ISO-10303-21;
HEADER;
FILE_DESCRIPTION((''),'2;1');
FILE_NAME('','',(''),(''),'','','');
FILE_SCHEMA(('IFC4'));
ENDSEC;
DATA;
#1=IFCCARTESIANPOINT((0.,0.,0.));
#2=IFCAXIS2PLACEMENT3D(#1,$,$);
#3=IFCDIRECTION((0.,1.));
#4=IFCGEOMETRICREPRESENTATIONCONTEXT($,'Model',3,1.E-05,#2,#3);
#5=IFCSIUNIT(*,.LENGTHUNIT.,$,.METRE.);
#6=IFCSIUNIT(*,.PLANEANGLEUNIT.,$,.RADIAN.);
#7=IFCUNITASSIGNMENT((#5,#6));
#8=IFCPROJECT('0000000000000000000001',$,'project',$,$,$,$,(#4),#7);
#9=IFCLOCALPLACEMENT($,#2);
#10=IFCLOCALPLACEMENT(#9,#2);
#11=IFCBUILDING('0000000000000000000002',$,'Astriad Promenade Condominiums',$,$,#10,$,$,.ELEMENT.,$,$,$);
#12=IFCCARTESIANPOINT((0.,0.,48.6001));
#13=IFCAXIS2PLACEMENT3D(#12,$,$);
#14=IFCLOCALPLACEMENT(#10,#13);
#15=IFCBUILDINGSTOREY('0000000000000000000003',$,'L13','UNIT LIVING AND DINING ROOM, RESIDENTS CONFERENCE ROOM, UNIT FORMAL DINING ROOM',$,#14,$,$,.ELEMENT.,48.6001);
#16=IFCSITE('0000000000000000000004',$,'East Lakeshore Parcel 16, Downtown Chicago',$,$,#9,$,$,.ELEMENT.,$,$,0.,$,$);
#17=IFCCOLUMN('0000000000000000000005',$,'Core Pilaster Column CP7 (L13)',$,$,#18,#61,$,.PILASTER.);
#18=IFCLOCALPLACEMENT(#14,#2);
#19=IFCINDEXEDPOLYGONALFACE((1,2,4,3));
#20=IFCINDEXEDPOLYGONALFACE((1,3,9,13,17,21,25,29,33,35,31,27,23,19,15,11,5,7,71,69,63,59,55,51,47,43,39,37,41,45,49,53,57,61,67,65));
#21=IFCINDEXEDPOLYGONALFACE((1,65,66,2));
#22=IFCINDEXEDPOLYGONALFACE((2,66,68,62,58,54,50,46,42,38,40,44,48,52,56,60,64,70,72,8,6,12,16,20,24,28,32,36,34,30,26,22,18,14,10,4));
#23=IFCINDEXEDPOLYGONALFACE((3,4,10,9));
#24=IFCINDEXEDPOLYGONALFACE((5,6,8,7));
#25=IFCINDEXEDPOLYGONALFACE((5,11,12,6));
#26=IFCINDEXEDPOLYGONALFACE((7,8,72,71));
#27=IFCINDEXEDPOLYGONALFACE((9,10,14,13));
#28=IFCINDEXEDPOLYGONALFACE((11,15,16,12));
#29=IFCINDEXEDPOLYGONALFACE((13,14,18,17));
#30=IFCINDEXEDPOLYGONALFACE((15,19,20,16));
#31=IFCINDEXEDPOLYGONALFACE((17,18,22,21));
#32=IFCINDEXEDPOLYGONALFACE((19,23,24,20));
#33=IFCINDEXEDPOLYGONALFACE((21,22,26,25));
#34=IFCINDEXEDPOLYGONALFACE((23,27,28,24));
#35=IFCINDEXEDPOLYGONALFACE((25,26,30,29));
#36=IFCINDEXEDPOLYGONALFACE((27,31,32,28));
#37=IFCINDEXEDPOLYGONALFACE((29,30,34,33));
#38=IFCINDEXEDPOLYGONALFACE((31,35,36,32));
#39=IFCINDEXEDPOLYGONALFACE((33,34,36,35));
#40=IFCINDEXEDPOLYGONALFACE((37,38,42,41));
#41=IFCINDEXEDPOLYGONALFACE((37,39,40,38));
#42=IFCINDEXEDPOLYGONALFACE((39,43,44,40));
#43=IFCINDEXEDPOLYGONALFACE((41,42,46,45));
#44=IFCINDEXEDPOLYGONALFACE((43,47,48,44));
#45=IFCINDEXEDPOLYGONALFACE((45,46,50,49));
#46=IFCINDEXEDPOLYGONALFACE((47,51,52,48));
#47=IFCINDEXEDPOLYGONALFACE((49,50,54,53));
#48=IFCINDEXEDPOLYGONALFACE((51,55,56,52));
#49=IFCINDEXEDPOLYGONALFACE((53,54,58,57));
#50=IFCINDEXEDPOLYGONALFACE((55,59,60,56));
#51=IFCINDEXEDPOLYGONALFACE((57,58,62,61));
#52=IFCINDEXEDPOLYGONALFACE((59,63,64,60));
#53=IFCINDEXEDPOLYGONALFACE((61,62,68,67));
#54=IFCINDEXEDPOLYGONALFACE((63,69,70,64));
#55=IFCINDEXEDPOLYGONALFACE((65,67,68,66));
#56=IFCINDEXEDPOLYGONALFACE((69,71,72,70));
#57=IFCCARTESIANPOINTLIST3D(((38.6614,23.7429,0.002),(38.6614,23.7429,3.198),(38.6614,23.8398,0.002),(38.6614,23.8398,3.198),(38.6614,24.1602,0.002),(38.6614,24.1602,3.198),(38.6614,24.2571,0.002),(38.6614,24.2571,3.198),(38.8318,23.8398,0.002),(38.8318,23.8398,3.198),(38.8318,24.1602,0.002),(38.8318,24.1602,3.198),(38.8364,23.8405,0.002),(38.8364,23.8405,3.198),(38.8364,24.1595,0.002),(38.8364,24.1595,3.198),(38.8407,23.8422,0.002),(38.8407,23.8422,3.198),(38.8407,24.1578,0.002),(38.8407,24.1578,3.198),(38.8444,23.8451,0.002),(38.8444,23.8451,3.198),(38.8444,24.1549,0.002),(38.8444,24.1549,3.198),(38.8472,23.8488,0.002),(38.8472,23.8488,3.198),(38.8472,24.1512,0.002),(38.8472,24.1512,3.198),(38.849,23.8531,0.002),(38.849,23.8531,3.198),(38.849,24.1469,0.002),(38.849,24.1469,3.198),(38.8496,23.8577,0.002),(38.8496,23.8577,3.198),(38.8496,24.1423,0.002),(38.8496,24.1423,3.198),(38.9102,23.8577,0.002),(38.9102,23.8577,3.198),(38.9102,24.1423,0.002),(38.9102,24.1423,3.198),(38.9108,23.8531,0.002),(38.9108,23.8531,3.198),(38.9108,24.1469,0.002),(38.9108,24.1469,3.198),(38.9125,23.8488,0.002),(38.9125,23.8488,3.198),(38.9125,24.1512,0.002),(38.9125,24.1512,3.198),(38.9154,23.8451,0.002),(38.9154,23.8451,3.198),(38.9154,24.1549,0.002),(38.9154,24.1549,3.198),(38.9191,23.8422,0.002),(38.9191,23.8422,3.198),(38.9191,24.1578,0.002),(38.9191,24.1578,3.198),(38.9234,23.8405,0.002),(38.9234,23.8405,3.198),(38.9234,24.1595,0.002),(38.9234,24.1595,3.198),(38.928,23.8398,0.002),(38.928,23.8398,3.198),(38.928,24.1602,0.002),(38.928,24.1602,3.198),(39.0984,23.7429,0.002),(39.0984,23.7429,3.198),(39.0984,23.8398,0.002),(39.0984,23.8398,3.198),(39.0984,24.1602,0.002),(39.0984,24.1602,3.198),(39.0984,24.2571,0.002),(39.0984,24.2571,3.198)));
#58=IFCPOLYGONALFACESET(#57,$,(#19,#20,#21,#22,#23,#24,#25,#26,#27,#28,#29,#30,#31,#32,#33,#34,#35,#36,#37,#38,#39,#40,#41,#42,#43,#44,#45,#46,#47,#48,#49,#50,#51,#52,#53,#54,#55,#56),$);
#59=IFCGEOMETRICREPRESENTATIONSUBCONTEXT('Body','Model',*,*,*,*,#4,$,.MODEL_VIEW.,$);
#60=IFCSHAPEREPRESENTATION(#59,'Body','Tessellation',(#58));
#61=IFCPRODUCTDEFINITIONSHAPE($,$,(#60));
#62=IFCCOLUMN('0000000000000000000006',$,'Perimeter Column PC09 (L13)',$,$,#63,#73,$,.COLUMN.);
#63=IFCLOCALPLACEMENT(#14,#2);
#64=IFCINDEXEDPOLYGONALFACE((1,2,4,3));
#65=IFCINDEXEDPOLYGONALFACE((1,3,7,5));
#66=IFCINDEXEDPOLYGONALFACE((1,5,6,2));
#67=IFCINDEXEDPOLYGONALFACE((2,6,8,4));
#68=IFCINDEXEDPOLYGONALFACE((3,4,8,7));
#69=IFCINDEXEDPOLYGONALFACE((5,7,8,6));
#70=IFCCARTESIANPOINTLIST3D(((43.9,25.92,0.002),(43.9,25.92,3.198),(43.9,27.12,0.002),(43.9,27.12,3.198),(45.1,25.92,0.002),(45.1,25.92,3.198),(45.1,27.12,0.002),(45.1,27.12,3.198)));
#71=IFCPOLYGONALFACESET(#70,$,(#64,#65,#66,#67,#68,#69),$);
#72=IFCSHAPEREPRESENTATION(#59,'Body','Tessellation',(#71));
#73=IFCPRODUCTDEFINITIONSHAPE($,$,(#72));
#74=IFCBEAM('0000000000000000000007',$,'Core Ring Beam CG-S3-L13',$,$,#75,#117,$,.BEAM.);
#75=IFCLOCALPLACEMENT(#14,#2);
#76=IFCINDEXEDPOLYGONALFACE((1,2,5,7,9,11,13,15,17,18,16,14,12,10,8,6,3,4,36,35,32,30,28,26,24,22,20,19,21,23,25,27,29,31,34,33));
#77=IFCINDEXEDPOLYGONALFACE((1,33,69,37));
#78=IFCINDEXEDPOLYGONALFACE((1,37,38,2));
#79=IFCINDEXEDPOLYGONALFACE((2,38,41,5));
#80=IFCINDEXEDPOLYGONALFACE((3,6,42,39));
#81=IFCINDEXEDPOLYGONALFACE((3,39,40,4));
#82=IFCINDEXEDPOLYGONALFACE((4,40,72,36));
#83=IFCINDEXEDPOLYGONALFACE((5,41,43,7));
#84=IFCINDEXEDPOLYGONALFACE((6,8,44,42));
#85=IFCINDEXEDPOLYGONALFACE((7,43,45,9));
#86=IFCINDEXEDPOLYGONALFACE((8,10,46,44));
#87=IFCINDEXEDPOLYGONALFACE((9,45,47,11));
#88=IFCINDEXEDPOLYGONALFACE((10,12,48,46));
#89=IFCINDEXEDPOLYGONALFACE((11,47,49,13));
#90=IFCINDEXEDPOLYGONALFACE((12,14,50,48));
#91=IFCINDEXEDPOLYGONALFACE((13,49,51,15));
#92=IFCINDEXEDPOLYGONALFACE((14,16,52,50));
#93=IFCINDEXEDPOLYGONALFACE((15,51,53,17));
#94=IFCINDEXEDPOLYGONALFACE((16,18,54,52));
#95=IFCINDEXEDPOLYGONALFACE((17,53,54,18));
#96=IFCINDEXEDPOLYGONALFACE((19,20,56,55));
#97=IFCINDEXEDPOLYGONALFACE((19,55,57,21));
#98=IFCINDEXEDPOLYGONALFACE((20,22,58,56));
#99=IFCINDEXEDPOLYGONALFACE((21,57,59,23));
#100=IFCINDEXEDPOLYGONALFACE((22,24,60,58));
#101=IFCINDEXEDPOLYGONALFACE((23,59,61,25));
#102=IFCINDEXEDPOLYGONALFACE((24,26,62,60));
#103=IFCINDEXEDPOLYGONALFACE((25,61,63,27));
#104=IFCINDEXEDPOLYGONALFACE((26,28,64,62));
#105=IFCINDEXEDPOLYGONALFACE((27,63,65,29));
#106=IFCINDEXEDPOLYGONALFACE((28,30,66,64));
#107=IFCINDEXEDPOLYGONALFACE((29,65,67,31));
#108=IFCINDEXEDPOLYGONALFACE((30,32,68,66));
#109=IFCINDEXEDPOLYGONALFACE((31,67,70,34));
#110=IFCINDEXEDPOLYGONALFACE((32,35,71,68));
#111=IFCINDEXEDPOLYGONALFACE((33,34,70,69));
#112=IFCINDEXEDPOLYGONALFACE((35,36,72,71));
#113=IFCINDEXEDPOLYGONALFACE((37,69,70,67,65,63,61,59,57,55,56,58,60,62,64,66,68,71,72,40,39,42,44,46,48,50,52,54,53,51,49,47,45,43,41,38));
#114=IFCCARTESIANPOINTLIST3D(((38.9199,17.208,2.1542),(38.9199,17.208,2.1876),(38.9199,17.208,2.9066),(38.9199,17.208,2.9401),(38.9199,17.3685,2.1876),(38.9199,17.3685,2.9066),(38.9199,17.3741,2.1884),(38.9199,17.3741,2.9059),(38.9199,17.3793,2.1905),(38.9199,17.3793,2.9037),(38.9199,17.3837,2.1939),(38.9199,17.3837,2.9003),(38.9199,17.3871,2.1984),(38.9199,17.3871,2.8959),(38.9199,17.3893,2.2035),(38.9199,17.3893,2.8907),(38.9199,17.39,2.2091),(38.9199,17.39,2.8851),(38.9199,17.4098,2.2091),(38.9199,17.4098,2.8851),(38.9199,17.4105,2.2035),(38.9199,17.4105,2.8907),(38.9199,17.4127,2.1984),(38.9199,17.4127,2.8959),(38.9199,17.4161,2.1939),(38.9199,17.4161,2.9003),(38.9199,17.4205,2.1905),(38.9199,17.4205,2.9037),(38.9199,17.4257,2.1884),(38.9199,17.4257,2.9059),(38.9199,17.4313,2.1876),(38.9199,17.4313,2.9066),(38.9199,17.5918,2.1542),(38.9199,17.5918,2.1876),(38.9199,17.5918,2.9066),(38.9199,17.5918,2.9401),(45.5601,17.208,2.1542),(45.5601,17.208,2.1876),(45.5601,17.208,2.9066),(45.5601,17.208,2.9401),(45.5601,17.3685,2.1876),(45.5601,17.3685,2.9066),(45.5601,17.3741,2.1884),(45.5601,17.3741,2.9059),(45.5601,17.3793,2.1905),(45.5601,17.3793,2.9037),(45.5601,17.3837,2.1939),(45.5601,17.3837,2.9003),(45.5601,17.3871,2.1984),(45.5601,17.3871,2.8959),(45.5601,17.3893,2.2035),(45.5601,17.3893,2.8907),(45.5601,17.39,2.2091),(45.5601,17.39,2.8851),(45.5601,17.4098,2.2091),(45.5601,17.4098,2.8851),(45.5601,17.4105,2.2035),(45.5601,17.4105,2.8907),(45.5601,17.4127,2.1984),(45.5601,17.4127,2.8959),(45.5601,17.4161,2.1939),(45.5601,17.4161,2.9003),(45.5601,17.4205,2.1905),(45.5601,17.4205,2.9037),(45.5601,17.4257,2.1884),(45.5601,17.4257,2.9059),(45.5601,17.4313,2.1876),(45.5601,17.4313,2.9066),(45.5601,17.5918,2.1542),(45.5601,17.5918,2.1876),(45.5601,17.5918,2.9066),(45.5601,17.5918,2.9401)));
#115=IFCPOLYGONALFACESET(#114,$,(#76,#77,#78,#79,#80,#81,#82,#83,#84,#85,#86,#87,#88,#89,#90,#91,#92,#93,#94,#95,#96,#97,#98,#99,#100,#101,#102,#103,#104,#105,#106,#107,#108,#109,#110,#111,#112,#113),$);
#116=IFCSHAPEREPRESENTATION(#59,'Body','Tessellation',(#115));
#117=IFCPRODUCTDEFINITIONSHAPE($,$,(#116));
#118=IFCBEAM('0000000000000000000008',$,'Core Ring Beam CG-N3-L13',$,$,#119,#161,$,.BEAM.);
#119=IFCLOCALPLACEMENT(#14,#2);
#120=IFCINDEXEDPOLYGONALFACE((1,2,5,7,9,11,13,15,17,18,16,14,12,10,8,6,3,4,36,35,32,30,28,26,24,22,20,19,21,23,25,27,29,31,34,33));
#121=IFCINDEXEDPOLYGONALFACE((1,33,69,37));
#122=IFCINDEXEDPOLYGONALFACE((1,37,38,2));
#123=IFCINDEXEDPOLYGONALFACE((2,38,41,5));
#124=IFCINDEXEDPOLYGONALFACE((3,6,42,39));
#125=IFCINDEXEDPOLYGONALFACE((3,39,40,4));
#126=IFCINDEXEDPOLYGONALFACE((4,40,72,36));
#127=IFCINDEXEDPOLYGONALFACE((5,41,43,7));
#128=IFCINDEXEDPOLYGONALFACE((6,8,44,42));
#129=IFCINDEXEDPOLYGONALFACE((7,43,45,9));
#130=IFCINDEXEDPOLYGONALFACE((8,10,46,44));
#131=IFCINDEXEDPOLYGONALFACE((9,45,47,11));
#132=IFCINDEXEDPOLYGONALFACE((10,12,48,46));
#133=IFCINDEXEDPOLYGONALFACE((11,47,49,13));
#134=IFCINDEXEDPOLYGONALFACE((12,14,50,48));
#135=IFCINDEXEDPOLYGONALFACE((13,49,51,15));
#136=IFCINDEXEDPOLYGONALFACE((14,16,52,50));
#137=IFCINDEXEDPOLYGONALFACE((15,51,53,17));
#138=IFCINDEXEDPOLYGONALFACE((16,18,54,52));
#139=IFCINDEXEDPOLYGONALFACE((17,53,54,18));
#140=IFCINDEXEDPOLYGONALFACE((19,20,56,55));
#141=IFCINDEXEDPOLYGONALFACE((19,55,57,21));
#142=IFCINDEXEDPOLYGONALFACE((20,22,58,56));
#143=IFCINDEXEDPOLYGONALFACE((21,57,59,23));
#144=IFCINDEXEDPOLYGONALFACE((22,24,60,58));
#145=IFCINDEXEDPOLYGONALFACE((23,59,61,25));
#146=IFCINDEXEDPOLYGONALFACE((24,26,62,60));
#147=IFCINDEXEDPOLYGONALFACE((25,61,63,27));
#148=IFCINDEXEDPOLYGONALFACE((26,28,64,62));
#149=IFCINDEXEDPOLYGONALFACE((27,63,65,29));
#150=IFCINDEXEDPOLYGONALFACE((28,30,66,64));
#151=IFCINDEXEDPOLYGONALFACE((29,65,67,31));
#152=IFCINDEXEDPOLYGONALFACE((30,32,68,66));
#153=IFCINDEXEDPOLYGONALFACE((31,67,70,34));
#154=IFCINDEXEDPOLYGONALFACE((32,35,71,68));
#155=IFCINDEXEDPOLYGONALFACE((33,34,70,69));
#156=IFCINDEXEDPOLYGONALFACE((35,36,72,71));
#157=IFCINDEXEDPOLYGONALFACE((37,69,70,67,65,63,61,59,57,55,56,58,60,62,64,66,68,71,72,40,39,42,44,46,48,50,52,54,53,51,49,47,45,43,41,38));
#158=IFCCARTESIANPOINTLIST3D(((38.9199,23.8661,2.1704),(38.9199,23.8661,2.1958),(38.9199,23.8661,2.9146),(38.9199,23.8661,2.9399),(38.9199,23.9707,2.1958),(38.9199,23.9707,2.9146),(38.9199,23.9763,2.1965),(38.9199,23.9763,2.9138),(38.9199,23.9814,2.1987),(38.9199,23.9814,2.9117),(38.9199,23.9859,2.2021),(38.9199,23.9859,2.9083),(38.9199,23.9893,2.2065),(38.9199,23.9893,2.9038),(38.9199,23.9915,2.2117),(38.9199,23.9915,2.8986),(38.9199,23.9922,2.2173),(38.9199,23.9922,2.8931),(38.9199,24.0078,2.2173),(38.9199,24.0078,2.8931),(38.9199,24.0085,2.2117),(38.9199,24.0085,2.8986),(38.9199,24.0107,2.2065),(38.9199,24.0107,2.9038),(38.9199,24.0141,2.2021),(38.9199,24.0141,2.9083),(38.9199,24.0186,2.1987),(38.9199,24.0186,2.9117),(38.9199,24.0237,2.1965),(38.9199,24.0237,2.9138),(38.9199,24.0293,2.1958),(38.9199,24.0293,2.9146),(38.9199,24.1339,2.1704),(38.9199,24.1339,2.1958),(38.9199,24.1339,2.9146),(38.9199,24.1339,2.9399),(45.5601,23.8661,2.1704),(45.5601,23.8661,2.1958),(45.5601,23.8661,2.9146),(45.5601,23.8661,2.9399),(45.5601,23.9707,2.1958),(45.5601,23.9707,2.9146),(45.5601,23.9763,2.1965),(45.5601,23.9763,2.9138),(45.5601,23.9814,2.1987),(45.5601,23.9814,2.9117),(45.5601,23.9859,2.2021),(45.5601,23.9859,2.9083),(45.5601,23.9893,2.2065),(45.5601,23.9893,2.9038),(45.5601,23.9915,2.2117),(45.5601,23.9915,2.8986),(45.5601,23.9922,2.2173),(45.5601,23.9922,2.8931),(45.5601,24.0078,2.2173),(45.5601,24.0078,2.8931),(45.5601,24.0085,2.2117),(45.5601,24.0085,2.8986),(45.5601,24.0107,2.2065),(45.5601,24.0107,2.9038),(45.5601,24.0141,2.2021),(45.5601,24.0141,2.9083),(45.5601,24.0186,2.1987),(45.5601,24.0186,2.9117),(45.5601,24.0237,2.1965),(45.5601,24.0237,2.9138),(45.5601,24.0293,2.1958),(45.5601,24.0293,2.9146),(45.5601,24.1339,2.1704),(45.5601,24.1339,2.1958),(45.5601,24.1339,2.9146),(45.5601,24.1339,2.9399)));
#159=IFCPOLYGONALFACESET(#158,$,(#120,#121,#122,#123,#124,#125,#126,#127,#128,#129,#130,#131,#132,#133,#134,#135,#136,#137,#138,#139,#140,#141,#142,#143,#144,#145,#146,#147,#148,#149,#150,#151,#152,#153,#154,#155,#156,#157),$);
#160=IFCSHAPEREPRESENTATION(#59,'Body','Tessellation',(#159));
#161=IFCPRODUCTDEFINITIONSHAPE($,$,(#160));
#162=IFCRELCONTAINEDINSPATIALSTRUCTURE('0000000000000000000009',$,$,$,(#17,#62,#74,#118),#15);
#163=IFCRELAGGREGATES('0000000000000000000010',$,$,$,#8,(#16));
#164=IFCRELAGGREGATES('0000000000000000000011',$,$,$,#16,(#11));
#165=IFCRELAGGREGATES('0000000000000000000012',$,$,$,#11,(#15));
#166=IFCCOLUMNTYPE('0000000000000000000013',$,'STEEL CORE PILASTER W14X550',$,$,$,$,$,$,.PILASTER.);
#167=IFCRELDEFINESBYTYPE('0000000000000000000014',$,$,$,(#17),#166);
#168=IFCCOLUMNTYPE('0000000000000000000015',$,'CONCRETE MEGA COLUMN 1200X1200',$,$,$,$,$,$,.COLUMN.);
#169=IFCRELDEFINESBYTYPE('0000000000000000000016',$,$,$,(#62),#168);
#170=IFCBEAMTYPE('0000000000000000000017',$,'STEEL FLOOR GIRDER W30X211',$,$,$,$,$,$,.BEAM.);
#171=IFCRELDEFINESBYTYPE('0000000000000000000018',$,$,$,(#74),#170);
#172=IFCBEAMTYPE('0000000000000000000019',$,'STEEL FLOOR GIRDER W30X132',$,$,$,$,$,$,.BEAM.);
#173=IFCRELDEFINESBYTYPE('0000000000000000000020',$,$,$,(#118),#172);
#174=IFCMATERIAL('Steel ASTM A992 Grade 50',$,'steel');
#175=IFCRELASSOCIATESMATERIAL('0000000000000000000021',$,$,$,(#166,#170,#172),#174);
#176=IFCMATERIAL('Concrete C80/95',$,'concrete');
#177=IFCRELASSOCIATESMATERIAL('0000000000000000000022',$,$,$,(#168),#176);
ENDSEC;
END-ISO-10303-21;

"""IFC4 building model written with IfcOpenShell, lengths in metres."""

from ifc_helpers import new_model, si_unit, direction, frame, origin, origin_2d, place, context, subcontext, project, spatial, rectangle, i_section, extrude, source, transform, mapped, material, material_profile, profile_set, type_object, type_shapes, element, save


model = new_model("IFC4")

# Units and contexts
model_context = context("Model", 3, precision=1e-05, world=origin(), true_north=direction((0.0, 1.0)))
body_context = subcontext(model_context, "Body", "Model", "MODEL_VIEW")
ifc_project = project(units=[si_unit("LENGTHUNIT", "METRE"), si_unit("PLANEANGLEUNIT", "RADIAN")], contexts=[model_context])

# Site, building, storey
site_placement = place(None, origin())
site = spatial("IfcSite", under=ifc_project, at=site_placement, Name="East Lakeshore Parcel 16, Downtown Chicago", CompositionType="ELEMENT", RefElevation=0.0)
building_placement = place(site_placement, origin())
building = spatial("IfcBuilding", under=site, at=building_placement, Name="Astriad Promenade Condominiums", CompositionType="ELEMENT")
storey_placement = place(building_placement, frame((0.0, 0.0, 48.6001)))
storey = spatial("IfcBuildingStorey", under=building, at=storey_placement, Name="L13", Description="UNIT LIVING AND DINING ROOM, RESIDENTS CONFERENCE ROOM, UNIT FORMAL DINING ROOM", CompositionType="ELEMENT", Elevation=48.6001)

# Columns
ifc_material_1 = material(Name="Steel ASTM A992 Grade 50", Category="steel")
ifc_material_profile_1 = material_profile(ifc_material_1, i_section(OverallWidth=0.437, OverallDepth=0.5142, WebThickness=0.0605, FlangeThickness=0.0969, FilletRadius=0.0178, at=origin_2d()), Name="W14X550")
ifc_profile_set_1 = profile_set([ifc_material_profile_1], Name="Steel ASTM A992 Grade 50")
column_type_1 = type_object("IfcColumnType", Name="STEEL CORE PILASTER W14X550", PredefinedType="PILASTER", material=ifc_profile_set_1)
shared_shape_1 = source(origin(), body_context, "Body", "SweptSolid", [
    extrude(i_section(OverallWidth=0.437, OverallDepth=0.5142, WebThickness=0.0605, FlangeThickness=0.0969, FilletRadius=0.0178, at=origin_2d()), origin(), (0.0, 0.0, 1.0), 3.196),
])
type_shapes(column_type_1, [shared_shape_1])
column_1_placement = place(storey_placement, frame((38.8799, 24.0, 0.002), z_axis=(0.0, 0.0, 1.0), x_axis=(1.0, 0.0, 0.0)))
element("IfcColumn", 1, at=column_1_placement, inside=storey, type_object=column_type_1, Name="Core Pilaster Column CP7 (L13)", PredefinedType="PILASTER", context=body_context, shape_type="MappedRepresentation", body=[
    mapped(shared_shape_1, transform((0.0, 0.0, 0.0), scale=1.0)),
])
ifc_material_2 = material(Name="Concrete C80/95", Category="concrete")
ifc_material_profile_2 = material_profile(ifc_material_2, rectangle(XDim=1.2, YDim=1.2, at=origin_2d()), Name="RC-COL-1200X1200")
ifc_profile_set_2 = profile_set([ifc_material_profile_2], Name="Concrete C80/95")
column_type_2 = type_object("IfcColumnType", Name="CONCRETE MEGA COLUMN 1200X1200", PredefinedType="COLUMN", material=ifc_profile_set_2)
shared_shape_2 = source(origin(), body_context, "Body", "SweptSolid", [
    extrude(rectangle(XDim=1.2, YDim=1.2, at=origin_2d()), origin(), (0.0, 0.0, 1.0), 3.196),
])
type_shapes(column_type_2, [shared_shape_2])
column_2_placement = place(storey_placement, frame((44.5, 26.52, 0.002), z_axis=(0.0, 0.0, 1.0), x_axis=(1.0, 0.0, 0.0)))
element("IfcColumn", 2, at=column_2_placement, inside=storey, type_object=column_type_2, Name="Perimeter Column PC09 (L13)", PredefinedType="COLUMN", context=body_context, shape_type="MappedRepresentation", body=[
    mapped(shared_shape_2, transform((0.0, 0.0, 0.0), scale=1.0)),
])

# Beams
ifc_material_profile_3 = material_profile(ifc_material_1, i_section(OverallWidth=0.3838, OverallDepth=0.7859, WebThickness=0.0198, FlangeThickness=0.0334, FilletRadius=0.0215, at=origin_2d()), Name="W30X211")
ifc_profile_set_3 = profile_set([ifc_material_profile_3], Name="Steel ASTM A992 Grade 50")
beam_type_1 = type_object("IfcBeamType", Name="STEEL FLOOR GIRDER W30X211", PredefinedType="BEAM", material=ifc_profile_set_3)
shared_shape_3 = source(origin(), body_context, "Body", "SweptSolid", [
    extrude(i_section(OverallWidth=0.3838, OverallDepth=0.7859, WebThickness=0.0198, FlangeThickness=0.0334, FilletRadius=0.0215, at=origin_2d()), origin(), (0.0, 0.0, 1.0), 6.6401),
])
type_shapes(beam_type_1, [shared_shape_3])
beam_1_placement = place(storey_placement, frame((38.9199, 17.3999, 2.5471), z_axis=(1.0, 0.0, 0.0), x_axis=(0.0, 1.0, 0.0)))
element("IfcBeam", 3, at=beam_1_placement, inside=storey, type_object=beam_type_1, Name="Core Ring Beam CG-S3-L13", PredefinedType="BEAM", context=body_context, shape_type="MappedRepresentation", body=[
    mapped(shared_shape_3, transform((0.0, 0.0, 0.0), scale=1.0)),
])
ifc_material_profile_4 = material_profile(ifc_material_1, i_section(OverallWidth=0.2678, OverallDepth=0.7695, WebThickness=0.0156, FlangeThickness=0.0254, FilletRadius=0.0215, at=origin_2d()), Name="W30X132")
ifc_profile_set_4 = profile_set([ifc_material_profile_4], Name="Steel ASTM A992 Grade 50")
beam_type_2 = type_object("IfcBeamType", Name="STEEL FLOOR GIRDER W30X132", PredefinedType="BEAM", material=ifc_profile_set_4)
shared_shape_4 = source(origin(), body_context, "Body", "SweptSolid", [
    extrude(i_section(OverallWidth=0.2678, OverallDepth=0.7695, WebThickness=0.0156, FlangeThickness=0.0254, FilletRadius=0.0215, at=origin_2d()), origin(), (0.0, 0.0, 1.0), 6.6401),
])
type_shapes(beam_type_2, [shared_shape_4])
beam_2_placement = place(storey_placement, frame((38.9199, 24.0, 2.5552), z_axis=(1.0, 0.0, 0.0), x_axis=(0.0, 1.0, 0.0)))
element("IfcBeam", 4, at=beam_2_placement, inside=storey, type_object=beam_type_2, Name="Core Ring Beam CG-N3-L13", PredefinedType="BEAM", context=body_context, shape_type="MappedRepresentation", body=[
    mapped(shared_shape_4, transform((0.0, 0.0, 0.0), scale=1.0)),
])

save(model, "model.ifc")
